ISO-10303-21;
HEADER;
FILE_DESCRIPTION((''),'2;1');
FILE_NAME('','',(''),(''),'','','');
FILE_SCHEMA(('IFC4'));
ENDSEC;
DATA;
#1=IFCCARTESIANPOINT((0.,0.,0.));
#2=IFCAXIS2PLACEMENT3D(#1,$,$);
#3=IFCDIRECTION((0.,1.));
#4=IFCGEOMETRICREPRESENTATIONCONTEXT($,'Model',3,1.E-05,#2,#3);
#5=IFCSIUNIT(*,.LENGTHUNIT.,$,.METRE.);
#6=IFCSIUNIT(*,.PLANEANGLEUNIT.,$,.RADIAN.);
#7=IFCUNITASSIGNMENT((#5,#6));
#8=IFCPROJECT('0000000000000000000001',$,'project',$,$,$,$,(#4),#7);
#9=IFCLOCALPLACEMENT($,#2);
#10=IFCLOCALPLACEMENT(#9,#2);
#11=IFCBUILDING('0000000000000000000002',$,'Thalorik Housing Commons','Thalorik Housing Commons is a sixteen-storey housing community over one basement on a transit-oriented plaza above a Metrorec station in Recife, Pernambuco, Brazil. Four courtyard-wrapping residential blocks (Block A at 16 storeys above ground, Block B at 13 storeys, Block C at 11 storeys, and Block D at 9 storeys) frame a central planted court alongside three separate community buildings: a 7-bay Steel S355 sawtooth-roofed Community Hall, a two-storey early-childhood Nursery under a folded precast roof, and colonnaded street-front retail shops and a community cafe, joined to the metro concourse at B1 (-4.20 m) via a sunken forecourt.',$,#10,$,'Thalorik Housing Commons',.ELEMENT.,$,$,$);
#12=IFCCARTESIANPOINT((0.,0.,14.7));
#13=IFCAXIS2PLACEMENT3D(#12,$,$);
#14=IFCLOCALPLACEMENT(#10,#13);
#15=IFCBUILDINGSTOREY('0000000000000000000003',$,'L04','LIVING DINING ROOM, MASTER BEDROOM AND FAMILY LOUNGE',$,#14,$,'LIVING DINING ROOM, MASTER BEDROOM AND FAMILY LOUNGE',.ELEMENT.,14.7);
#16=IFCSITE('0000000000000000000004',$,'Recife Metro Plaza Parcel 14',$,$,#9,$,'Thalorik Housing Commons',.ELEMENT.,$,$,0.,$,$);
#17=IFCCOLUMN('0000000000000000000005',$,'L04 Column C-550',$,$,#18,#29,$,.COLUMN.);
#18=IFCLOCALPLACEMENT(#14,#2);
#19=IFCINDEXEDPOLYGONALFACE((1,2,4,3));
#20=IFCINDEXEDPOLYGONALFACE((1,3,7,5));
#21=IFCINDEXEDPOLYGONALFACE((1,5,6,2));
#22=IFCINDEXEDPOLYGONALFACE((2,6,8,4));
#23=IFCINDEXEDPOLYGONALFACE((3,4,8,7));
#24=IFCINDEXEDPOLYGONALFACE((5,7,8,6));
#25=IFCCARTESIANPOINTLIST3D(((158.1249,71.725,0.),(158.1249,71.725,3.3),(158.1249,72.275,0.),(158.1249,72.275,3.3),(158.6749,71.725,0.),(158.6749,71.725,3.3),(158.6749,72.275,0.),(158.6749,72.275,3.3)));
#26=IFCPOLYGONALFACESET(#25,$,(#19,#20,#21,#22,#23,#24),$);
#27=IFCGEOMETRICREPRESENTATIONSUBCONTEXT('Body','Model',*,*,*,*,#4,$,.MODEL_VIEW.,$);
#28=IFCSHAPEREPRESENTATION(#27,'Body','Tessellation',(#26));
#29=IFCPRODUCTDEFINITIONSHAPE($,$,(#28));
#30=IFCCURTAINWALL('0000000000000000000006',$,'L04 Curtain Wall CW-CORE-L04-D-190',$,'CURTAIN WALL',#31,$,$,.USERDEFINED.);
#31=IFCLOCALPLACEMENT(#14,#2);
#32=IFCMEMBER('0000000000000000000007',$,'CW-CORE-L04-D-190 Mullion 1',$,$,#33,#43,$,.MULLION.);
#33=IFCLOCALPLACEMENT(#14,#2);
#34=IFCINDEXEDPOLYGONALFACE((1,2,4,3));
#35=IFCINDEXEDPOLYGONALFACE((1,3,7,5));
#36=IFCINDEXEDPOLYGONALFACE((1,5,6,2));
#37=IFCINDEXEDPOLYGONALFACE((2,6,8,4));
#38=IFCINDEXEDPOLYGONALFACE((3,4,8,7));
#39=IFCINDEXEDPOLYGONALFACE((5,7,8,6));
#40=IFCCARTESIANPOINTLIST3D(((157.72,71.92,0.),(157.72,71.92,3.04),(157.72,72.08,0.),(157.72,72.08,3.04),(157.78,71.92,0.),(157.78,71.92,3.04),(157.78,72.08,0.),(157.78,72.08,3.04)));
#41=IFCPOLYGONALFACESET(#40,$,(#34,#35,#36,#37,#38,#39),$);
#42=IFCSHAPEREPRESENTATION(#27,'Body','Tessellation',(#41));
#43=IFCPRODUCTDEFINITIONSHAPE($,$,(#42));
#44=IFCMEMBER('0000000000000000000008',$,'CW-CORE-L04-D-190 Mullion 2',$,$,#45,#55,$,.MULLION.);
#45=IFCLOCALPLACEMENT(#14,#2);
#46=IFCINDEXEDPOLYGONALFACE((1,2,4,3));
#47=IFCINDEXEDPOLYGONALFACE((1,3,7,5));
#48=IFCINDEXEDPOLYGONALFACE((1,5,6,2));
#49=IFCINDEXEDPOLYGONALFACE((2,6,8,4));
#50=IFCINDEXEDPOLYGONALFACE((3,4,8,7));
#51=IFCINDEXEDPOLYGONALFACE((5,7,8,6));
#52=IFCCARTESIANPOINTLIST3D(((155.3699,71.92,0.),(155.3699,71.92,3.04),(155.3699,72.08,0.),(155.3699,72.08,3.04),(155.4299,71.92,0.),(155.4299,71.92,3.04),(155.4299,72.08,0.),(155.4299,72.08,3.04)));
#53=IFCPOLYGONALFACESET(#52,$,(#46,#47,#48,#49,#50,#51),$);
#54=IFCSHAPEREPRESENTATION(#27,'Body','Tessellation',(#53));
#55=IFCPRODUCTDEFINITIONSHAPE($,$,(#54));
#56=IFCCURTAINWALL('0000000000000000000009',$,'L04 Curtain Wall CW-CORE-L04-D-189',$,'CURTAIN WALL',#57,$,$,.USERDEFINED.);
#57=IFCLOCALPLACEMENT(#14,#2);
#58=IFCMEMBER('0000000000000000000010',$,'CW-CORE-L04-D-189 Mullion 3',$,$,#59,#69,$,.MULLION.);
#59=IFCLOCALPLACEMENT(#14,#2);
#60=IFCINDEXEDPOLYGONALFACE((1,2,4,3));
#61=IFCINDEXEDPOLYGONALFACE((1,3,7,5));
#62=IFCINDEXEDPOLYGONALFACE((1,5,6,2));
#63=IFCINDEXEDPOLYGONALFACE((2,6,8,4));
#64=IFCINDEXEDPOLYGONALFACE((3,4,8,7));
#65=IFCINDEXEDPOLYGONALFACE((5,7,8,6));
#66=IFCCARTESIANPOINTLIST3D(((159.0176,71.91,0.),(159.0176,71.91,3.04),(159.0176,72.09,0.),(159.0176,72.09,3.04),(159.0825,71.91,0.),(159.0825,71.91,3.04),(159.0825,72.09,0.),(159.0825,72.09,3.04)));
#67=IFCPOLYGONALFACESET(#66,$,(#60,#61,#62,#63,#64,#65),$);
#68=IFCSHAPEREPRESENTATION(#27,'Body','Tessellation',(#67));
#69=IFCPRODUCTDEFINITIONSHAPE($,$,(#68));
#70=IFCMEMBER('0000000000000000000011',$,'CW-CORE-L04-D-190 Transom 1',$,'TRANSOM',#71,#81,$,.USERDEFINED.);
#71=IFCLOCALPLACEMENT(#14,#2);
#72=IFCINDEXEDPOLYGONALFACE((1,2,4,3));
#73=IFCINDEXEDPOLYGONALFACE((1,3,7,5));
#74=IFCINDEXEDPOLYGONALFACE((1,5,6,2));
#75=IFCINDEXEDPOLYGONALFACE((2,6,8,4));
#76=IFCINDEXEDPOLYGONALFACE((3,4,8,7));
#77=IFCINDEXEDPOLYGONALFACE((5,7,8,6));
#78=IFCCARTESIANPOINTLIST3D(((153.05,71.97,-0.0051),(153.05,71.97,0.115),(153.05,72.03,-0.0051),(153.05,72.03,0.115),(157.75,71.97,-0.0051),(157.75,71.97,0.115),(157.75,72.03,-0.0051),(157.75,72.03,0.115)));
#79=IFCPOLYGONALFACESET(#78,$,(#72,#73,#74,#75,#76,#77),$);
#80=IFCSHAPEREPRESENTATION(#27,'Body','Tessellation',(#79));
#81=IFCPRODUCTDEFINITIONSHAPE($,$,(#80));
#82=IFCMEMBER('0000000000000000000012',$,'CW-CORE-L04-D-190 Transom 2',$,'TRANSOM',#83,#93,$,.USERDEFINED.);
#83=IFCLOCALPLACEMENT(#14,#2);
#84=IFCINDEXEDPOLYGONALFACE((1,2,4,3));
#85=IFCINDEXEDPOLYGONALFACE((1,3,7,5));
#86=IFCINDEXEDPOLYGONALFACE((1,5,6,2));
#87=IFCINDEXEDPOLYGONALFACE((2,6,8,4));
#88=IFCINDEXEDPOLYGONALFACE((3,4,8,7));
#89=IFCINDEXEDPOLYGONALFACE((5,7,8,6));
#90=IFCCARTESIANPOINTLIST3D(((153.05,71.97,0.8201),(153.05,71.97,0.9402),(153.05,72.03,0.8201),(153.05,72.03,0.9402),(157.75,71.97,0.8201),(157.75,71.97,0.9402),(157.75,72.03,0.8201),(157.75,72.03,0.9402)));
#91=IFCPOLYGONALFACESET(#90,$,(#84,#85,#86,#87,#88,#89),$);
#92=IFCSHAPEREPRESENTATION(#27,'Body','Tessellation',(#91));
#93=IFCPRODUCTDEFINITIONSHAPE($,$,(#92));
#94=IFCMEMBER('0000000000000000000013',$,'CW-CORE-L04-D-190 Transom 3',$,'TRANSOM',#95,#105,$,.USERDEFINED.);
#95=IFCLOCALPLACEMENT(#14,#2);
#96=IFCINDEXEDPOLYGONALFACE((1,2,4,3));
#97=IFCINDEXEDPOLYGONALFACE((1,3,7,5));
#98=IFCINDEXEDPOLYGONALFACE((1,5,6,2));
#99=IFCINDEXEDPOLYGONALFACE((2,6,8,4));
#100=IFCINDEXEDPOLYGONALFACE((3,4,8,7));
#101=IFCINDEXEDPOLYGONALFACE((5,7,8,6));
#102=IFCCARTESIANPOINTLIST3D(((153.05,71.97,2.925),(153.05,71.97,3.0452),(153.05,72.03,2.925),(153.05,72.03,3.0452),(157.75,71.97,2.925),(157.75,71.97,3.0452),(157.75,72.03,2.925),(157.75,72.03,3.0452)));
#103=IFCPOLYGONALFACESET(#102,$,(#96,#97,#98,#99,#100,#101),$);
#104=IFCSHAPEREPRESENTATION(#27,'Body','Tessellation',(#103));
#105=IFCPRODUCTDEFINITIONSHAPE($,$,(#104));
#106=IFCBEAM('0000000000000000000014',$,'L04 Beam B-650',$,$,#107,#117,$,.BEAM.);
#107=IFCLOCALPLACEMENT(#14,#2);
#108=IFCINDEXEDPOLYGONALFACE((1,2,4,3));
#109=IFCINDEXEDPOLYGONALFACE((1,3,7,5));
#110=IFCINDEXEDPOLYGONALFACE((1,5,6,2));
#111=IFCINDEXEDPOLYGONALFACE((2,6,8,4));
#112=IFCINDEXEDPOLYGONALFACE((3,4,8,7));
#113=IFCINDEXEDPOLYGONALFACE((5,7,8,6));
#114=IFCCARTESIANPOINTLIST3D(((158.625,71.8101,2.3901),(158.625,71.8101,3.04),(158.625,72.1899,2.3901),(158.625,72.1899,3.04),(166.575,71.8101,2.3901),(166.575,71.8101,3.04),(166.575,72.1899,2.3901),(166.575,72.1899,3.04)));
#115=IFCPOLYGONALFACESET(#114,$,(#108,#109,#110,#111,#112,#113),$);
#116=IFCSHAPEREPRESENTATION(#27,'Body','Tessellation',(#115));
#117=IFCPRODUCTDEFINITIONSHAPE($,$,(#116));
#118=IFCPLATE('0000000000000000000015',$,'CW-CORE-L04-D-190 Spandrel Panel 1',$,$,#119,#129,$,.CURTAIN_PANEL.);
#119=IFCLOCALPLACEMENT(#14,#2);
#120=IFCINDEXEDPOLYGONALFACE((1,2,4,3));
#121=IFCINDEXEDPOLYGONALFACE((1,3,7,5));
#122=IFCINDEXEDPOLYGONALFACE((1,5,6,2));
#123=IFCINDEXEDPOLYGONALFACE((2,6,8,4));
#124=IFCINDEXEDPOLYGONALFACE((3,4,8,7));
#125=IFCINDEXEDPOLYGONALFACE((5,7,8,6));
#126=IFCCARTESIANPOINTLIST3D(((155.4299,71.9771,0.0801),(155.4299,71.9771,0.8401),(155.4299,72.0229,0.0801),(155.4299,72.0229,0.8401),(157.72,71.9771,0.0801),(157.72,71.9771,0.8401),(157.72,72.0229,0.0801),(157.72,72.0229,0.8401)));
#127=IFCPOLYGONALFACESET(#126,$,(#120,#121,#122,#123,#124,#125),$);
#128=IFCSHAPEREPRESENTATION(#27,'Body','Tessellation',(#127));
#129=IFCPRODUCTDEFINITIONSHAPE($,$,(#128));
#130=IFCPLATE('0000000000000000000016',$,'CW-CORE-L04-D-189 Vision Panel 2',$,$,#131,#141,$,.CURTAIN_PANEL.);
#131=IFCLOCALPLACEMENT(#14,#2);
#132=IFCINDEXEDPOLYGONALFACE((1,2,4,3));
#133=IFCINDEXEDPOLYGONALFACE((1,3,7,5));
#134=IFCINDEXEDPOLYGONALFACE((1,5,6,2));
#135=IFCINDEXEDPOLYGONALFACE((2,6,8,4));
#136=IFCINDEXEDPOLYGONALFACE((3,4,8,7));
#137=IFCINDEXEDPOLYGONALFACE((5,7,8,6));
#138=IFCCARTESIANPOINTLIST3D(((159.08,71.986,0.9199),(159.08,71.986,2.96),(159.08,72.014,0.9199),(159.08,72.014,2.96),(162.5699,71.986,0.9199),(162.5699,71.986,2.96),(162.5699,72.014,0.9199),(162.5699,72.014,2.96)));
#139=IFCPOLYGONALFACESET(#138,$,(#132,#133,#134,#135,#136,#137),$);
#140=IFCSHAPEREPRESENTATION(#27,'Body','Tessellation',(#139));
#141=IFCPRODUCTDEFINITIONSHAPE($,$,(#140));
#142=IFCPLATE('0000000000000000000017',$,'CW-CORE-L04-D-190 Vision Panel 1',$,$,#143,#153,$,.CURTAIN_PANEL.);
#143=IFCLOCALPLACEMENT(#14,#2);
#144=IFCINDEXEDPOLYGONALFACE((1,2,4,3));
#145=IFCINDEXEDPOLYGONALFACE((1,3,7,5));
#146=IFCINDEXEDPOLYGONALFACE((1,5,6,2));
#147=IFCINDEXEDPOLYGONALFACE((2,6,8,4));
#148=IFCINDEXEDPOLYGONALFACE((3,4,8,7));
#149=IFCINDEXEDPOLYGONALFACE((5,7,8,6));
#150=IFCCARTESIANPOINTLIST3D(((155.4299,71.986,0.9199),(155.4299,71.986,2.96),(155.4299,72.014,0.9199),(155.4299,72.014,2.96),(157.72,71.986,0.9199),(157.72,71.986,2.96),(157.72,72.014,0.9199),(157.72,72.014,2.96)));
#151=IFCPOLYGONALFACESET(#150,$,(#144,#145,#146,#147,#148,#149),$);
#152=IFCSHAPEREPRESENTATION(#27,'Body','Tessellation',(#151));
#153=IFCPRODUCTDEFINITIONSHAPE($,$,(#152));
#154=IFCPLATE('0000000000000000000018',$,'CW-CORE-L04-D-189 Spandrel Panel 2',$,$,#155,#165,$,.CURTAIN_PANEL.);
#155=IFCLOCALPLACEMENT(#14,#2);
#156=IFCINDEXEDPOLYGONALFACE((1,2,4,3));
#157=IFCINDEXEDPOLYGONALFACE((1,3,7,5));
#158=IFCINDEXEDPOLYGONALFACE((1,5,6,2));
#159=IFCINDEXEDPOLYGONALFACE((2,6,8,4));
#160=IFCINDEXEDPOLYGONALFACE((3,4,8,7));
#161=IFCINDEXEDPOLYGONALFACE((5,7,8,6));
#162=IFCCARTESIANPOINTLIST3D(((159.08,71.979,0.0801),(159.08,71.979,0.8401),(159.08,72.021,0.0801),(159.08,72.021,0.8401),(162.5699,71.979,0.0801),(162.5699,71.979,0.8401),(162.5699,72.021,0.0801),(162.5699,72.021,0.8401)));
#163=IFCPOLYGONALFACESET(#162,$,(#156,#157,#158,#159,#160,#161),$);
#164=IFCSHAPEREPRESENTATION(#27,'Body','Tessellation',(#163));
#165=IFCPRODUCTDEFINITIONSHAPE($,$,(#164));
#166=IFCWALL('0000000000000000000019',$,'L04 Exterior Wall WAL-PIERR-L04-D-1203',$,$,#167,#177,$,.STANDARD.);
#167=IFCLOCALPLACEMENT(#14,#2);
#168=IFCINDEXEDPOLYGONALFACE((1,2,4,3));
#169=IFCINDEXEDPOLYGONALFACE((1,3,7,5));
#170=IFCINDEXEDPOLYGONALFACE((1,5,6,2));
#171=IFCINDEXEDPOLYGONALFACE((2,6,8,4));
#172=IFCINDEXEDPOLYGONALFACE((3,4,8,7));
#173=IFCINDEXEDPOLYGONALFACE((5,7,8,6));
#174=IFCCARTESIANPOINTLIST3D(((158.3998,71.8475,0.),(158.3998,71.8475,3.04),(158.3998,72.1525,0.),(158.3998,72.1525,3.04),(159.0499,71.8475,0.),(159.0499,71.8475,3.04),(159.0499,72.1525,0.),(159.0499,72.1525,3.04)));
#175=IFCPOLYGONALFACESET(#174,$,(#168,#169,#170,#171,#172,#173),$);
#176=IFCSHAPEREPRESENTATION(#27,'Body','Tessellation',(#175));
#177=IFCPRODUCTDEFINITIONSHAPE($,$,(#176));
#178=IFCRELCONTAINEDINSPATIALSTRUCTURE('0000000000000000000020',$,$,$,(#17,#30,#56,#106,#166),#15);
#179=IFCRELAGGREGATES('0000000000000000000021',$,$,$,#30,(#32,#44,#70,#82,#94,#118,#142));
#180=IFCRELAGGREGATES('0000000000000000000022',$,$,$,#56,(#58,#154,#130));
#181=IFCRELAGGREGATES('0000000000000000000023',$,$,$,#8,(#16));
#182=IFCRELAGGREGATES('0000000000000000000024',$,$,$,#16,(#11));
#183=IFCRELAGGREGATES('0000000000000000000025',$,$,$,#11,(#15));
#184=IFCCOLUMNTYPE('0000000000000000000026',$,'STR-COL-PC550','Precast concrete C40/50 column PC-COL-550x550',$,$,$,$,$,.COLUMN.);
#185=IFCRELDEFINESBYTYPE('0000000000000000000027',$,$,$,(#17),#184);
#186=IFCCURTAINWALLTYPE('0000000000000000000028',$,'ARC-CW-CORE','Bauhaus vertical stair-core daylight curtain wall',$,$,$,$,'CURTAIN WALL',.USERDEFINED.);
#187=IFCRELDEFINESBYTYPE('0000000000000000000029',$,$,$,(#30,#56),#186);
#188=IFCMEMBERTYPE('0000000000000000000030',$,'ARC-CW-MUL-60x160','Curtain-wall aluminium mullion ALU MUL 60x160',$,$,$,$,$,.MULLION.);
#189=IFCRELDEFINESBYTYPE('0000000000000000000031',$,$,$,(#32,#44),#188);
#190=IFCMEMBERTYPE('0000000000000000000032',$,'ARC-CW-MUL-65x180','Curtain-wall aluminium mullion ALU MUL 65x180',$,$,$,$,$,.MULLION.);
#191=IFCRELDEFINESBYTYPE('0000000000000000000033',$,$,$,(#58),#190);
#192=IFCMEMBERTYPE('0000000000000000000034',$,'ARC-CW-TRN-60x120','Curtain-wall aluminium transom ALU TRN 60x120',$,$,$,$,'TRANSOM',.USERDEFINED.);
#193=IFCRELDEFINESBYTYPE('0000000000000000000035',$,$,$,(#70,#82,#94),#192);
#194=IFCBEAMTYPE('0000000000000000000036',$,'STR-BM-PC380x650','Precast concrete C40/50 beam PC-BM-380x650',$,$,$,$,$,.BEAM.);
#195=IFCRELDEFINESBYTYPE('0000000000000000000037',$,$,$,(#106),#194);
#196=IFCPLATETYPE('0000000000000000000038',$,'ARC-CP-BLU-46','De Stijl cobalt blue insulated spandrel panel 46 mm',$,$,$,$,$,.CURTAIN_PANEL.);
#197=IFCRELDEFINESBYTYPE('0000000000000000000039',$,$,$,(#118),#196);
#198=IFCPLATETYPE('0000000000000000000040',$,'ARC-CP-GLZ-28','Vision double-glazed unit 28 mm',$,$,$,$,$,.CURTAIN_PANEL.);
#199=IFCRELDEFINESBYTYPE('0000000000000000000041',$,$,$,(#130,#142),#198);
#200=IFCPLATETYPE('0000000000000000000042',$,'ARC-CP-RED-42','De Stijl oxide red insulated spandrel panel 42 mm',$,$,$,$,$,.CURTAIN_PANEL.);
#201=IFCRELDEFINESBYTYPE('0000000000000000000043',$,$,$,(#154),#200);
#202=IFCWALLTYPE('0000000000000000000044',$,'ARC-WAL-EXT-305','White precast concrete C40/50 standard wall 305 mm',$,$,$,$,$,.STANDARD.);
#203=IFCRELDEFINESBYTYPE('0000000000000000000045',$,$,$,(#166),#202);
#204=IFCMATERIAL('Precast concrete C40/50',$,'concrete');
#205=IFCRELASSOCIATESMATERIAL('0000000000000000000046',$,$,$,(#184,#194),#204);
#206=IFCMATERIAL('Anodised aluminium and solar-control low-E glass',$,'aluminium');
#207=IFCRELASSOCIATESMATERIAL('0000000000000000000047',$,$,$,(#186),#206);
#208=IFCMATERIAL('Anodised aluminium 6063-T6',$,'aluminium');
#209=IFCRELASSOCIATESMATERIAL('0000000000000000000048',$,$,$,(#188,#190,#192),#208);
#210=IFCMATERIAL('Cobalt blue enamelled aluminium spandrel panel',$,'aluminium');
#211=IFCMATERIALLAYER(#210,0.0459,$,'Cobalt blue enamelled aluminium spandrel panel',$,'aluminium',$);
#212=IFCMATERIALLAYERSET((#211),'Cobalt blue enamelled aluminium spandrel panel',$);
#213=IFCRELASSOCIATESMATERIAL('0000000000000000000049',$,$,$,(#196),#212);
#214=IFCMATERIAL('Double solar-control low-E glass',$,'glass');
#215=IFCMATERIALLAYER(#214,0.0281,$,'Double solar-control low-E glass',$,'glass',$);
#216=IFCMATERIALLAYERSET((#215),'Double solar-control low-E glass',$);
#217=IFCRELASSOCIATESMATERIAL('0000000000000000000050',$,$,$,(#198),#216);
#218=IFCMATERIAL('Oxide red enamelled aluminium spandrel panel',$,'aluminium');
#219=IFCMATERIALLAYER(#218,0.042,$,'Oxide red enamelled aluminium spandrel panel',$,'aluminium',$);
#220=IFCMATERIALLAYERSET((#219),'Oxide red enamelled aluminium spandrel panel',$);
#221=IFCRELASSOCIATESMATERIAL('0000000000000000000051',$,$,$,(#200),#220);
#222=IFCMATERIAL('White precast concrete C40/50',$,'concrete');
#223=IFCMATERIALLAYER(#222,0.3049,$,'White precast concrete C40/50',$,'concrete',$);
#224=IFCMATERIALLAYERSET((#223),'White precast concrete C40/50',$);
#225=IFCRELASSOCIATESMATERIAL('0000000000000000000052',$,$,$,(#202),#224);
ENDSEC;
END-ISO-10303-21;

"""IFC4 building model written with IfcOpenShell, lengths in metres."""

from ifc_helpers import new_model, si_unit, direction, frame, frame_2d, origin, origin_2d, place, context, subcontext, project, spatial, rectangle, extrude, material, layer, layer_set, material_profile, profile_set, type_object, element, aggregate, save


model = new_model("IFC4")

# Units and contexts
model_context = context("Model", 3, precision=1e-05, world=origin(), true_north=direction((0.0, 1.0)))
body_context = subcontext(model_context, "Body", "Model", "MODEL_VIEW")
ifc_project = project(units=[si_unit("LENGTHUNIT", "METRE"), si_unit("PLANEANGLEUNIT", "RADIAN")], contexts=[model_context])

# Site, building, storey
site_placement = place(None, origin())
site = spatial("IfcSite", under=ifc_project, at=site_placement, Name="Recife Metro Plaza Parcel 14", LongName="Thalorik Housing Commons", CompositionType="ELEMENT", RefElevation=0.0)
building_placement = place(site_placement, origin())
building = spatial("IfcBuilding", under=site, at=building_placement, Name="Thalorik Housing Commons", Description="Thalorik Housing Commons is a sixteen-storey housing community over one basement on a transit-oriented plaza above a Metrorec station in Recife, Pernambuco, Brazil. Four courtyard-wrapping residential blocks (Block A at 16 storeys above ground, Block B at 13 storeys, Block C at 11 storeys, and Block D at 9 storeys) frame a central planted court alongside three separate community buildings: a 7-bay Steel S355 sawtooth-roofed Community Hall, a two-storey early-childhood Nursery under a folded precast roof, and colonnaded street-front retail shops and a community cafe, joined to the metro concourse at B1 (-4.20 m) via a sunken forecourt.", LongName="Thalorik Housing Commons", CompositionType="ELEMENT")
storey_placement = place(building_placement, frame((0.0, 0.0, 14.7)))
storey = spatial("IfcBuildingStorey", under=building, at=storey_placement, Name="L04", Description="LIVING DINING ROOM, MASTER BEDROOM AND FAMILY LOUNGE", LongName="LIVING DINING ROOM, MASTER BEDROOM AND FAMILY LOUNGE", CompositionType="ELEMENT", Elevation=14.7)

# Column
ifc_material_1 = material(Name="Precast concrete C40/50", Category="concrete")
ifc_material_profile_1 = material_profile(ifc_material_1, rectangle(XDim=0.55, YDim=0.55, at=origin_2d()), Name="PC 550x550", Category="concrete")
ifc_profile_set_1 = profile_set([ifc_material_profile_1], Name="Precast concrete C40/50")
column_type = type_object("IfcColumnType", Name="STR-COL-PC550", Description="Precast concrete C40/50 column PC-COL-550x550", PredefinedType="COLUMN", material=ifc_profile_set_1)
column_placement = place(storey_placement, frame((158.3999, 72.0, 0.0), z_axis=(0.0, 0.0, 1.0), x_axis=(1.0, 0.0, 0.0)))
element("IfcColumn", 1, at=column_placement, inside=storey, type_object=column_type, Name="L04 Column C-550", PredefinedType="COLUMN", context=body_context, shape_type="SweptSolid", body=[
    extrude(rectangle(XDim=0.55, YDim=0.55, at=origin_2d()), origin(), (0.0, 0.0, 1.0), 3.3),
])

# Curtain wall, members
ifc_material_2 = material(Name="Anodised aluminium and solar-control low-E glass", Category="aluminium")
curtain_wall_type = type_object("IfcCurtainWallType", Name="ARC-CW-CORE", Description="Bauhaus vertical stair-core daylight curtain wall", ElementType="CURTAIN WALL", PredefinedType="USERDEFINED", material=ifc_material_2)
curtain_wall_1_placement = place(storey_placement, origin())
curtain_wall_1 = element("IfcCurtainWall", 2, at=curtain_wall_1_placement, inside=storey, type_object=curtain_wall_type, Name="L04 Curtain Wall CW-CORE-L04-D-190", ObjectType="CURTAIN WALL", PredefinedType="USERDEFINED")
ifc_material_3 = material(Name="Anodised aluminium 6063-T6", Category="aluminium")
ifc_material_profile_2 = material_profile(ifc_material_3, rectangle(XDim=0.0601, YDim=0.1599, at=origin_2d()), Name="ALU MUL 60x160", Category="aluminium")
ifc_profile_set_2 = profile_set([ifc_material_profile_2], Name="Anodised aluminium 6063-T6")
member_type_1 = type_object("IfcMemberType", Name="ARC-CW-MUL-60x160", Description="Curtain-wall aluminium mullion ALU MUL 60x160", PredefinedType="MULLION", material=ifc_profile_set_2)
member_1_placement = place(storey_placement, frame((157.75, 72.0, 0.0), z_axis=(0.0, 0.0, 1.0), x_axis=(-1.0, 0.0, 0.0)))
member_1 = element("IfcMember", 3, at=member_1_placement, type_object=member_type_1, Name="CW-CORE-L04-D-190 Mullion 1", PredefinedType="MULLION", context=body_context, shape_type="SweptSolid", body=[
    extrude(rectangle(XDim=0.0601, YDim=0.1599, at=origin_2d()), origin(), (0.0, 0.0, 1.0), 3.04),
])
member_2_placement = place(storey_placement, frame((155.3999, 72.0, 0.0), z_axis=(0.0, 0.0, 1.0), x_axis=(-1.0, 0.0, 0.0)))
member_2 = element("IfcMember", 4, at=member_2_placement, type_object=member_type_1, Name="CW-CORE-L04-D-190 Mullion 2", PredefinedType="MULLION", context=body_context, shape_type="SweptSolid", body=[
    extrude(rectangle(XDim=0.0601, YDim=0.1599, at=origin_2d()), origin(), (0.0, 0.0, 1.0), 3.04),
])

# Curtain wall, member
curtain_wall_2_placement = place(storey_placement, origin())
curtain_wall_2 = element("IfcCurtainWall", 5, at=curtain_wall_2_placement, inside=storey, type_object=curtain_wall_type, Name="L04 Curtain Wall CW-CORE-L04-D-189", ObjectType="CURTAIN WALL", PredefinedType="USERDEFINED")
ifc_material_profile_3 = material_profile(ifc_material_3, rectangle(XDim=0.0649, YDim=0.1799, at=origin_2d()), Name="ALU MUL 65x180", Category="aluminium")
ifc_profile_set_3 = profile_set([ifc_material_profile_3], Name="Anodised aluminium 6063-T6")
member_type_2 = type_object("IfcMemberType", Name="ARC-CW-MUL-65x180", Description="Curtain-wall aluminium mullion ALU MUL 65x180", PredefinedType="MULLION", material=ifc_profile_set_3)
member_3_placement = place(storey_placement, frame((159.05, 72.0, 0.0), z_axis=(0.0, 0.0, 1.0), x_axis=(-1.0, 0.0, 0.0)))
member_3 = element("IfcMember", 6, at=member_3_placement, type_object=member_type_2, Name="CW-CORE-L04-D-189 Mullion 3", PredefinedType="MULLION", context=body_context, shape_type="SweptSolid", body=[
    extrude(rectangle(XDim=0.0649, YDim=0.1799, at=origin_2d()), origin(), (0.0, 0.0, 1.0), 3.04),
])

# Members
ifc_material_profile_4 = material_profile(ifc_material_3, rectangle(XDim=0.0601, YDim=0.1201, at=origin_2d()), Name="ALU TRN 60x120", Category="aluminium")
ifc_profile_set_4 = profile_set([ifc_material_profile_4], Name="Anodised aluminium 6063-T6")
member_type_3 = type_object("IfcMemberType", Name="ARC-CW-TRN-60x120", Description="Curtain-wall aluminium transom ALU TRN 60x120", ElementType="TRANSOM", PredefinedType="USERDEFINED", material=ifc_profile_set_4)
member_4_placement = place(storey_placement, frame((157.75, 72.0, 0.0549), z_axis=(-1.0, 0.0, 0.0), x_axis=(0.0, -1.0, 0.0)))
member_4 = element("IfcMember", 7, at=member_4_placement, type_object=member_type_3, Name="CW-CORE-L04-D-190 Transom 1", ObjectType="TRANSOM", PredefinedType="USERDEFINED", context=body_context, shape_type="SweptSolid", body=[
    extrude(rectangle(XDim=0.0601, YDim=0.1201, at=origin_2d()), origin(), (0.0, 0.0, 1.0), 4.7),
])
member_5_placement = place(storey_placement, frame((157.75, 72.0, 0.8801), z_axis=(-1.0, 0.0, 0.0), x_axis=(0.0, -1.0, 0.0)))
member_5 = element("IfcMember", 8, at=member_5_placement, type_object=member_type_3, Name="CW-CORE-L04-D-190 Transom 2", ObjectType="TRANSOM", PredefinedType="USERDEFINED", context=body_context, shape_type="SweptSolid", body=[
    extrude(rectangle(XDim=0.0601, YDim=0.1201, at=origin_2d()), origin(), (0.0, 0.0, 1.0), 4.7),
])
member_6_placement = place(storey_placement, frame((157.75, 72.0, 2.9851), z_axis=(-1.0, 0.0, 0.0), x_axis=(0.0, -1.0, 0.0)))
member_6 = element("IfcMember", 9, at=member_6_placement, type_object=member_type_3, Name="CW-CORE-L04-D-190 Transom 3", ObjectType="TRANSOM", PredefinedType="USERDEFINED", context=body_context, shape_type="SweptSolid", body=[
    extrude(rectangle(XDim=0.0601, YDim=0.1201, at=origin_2d()), origin(), (0.0, 0.0, 1.0), 4.7),
])

# Beam
ifc_material_profile_5 = material_profile(ifc_material_1, rectangle(XDim=0.3799, YDim=0.6499, at=origin_2d()), Name="PC 380x650", Category="concrete")
ifc_profile_set_5 = profile_set([ifc_material_profile_5], Name="Precast concrete C40/50")
beam_type = type_object("IfcBeamType", Name="STR-BM-PC380x650", Description="Precast concrete C40/50 beam PC-BM-380x650", PredefinedType="BEAM", material=ifc_profile_set_5)
beam_placement = place(storey_placement, frame((158.625, 72.0, 2.7151), z_axis=(1.0, 0.0, 0.0), x_axis=(0.0, 1.0, 0.0)))
element("IfcBeam", 10, at=beam_placement, inside=storey, type_object=beam_type, Name="L04 Beam B-650", PredefinedType="BEAM", context=body_context, shape_type="SweptSolid", body=[
    extrude(rectangle(XDim=0.3799, YDim=0.6499, at=origin_2d()), origin(), (0.0, 0.0, 1.0), 7.95),
])

# Plates
ifc_material_4 = material(Name="Cobalt blue enamelled aluminium spandrel panel", Category="aluminium")
ifc_layer_1 = layer(ifc_material_4, 0.0459, Name="Cobalt blue enamelled aluminium spandrel panel", Category="aluminium")
ifc_layer_set_1 = layer_set([ifc_layer_1], Name="Cobalt blue enamelled aluminium spandrel panel")
plate_type_1 = type_object("IfcPlateType", Name="ARC-CP-BLU-46", Description="De Stijl cobalt blue insulated spandrel panel 46 mm", PredefinedType="CURTAIN_PANEL", material=ifc_layer_set_1)
plate_1_placement = place(storey_placement, frame((156.575, 72.0, 0.0801), z_axis=(0.0, 0.0, 1.0), x_axis=(-1.0, 0.0, 0.0)))
plate_1 = element("IfcPlate", 11, at=plate_1_placement, type_object=plate_type_1, Name="CW-CORE-L04-D-190 Spandrel Panel 1", PredefinedType="CURTAIN_PANEL", context=body_context, shape_type="SweptSolid", body=[
    extrude(rectangle(XDim=2.29, YDim=0.0459, at=origin_2d()), origin(), (0.0, 0.0, 1.0), 0.76),
])
ifc_material_5 = material(Name="Double solar-control low-E glass", Category="glass")
ifc_layer_2 = layer(ifc_material_5, 0.0281, Name="Double solar-control low-E glass", Category="glass")
ifc_layer_set_2 = layer_set([ifc_layer_2], Name="Double solar-control low-E glass")
plate_type_2 = type_object("IfcPlateType", Name="ARC-CP-GLZ-28", Description="Vision double-glazed unit 28 mm", PredefinedType="CURTAIN_PANEL", material=ifc_layer_set_2)
plate_2_placement = place(storey_placement, frame((160.825, 72.0, 0.9199), z_axis=(0.0, 0.0, 1.0), x_axis=(-1.0, 0.0, 0.0)))
plate_2 = element("IfcPlate", 12, at=plate_2_placement, type_object=plate_type_2, Name="CW-CORE-L04-D-189 Vision Panel 2", PredefinedType="CURTAIN_PANEL", context=body_context, shape_type="SweptSolid", body=[
    extrude(rectangle(XDim=3.49, YDim=0.0281, at=origin_2d()), origin(), (0.0, 0.0, 1.0), 2.04),
])
plate_3_placement = place(storey_placement, frame((156.575, 72.0, 0.9199), z_axis=(0.0, 0.0, 1.0), x_axis=(-1.0, 0.0, 0.0)))
plate_3 = element("IfcPlate", 13, at=plate_3_placement, type_object=plate_type_2, Name="CW-CORE-L04-D-190 Vision Panel 1", PredefinedType="CURTAIN_PANEL", context=body_context, shape_type="SweptSolid", body=[
    extrude(rectangle(XDim=2.29, YDim=0.0281, at=origin_2d()), origin(), (0.0, 0.0, 1.0), 2.04),
])
aggregate(curtain_wall_1, [member_1, member_2, member_4, member_5, member_6, plate_1, plate_3])
ifc_material_6 = material(Name="Oxide red enamelled aluminium spandrel panel", Category="aluminium")
ifc_layer_3 = layer(ifc_material_6, 0.042, Name="Oxide red enamelled aluminium spandrel panel", Category="aluminium")
ifc_layer_set_3 = layer_set([ifc_layer_3], Name="Oxide red enamelled aluminium spandrel panel")
plate_type_3 = type_object("IfcPlateType", Name="ARC-CP-RED-42", Description="De Stijl oxide red insulated spandrel panel 42 mm", PredefinedType="CURTAIN_PANEL", material=ifc_layer_set_3)
plate_4_placement = place(storey_placement, frame((160.825, 72.0, 0.0801), z_axis=(0.0, 0.0, 1.0), x_axis=(-1.0, 0.0, 0.0)))
plate_4 = element("IfcPlate", 14, at=plate_4_placement, type_object=plate_type_3, Name="CW-CORE-L04-D-189 Spandrel Panel 2", PredefinedType="CURTAIN_PANEL", context=body_context, shape_type="SweptSolid", body=[
    extrude(rectangle(XDim=3.49, YDim=0.042, at=origin_2d()), origin(), (0.0, 0.0, 1.0), 0.76),
])
aggregate(curtain_wall_2, [member_3, plate_4, plate_2])

# Wall
ifc_material_7 = material(Name="White precast concrete C40/50", Category="concrete")
ifc_layer_4 = layer(ifc_material_7, 0.3049, Name="White precast concrete C40/50", Category="concrete")
ifc_layer_set_4 = layer_set([ifc_layer_4], Name="White precast concrete C40/50")
wall_type = type_object("IfcWallType", Name="ARC-WAL-EXT-305", Description="White precast concrete C40/50 standard wall 305 mm", PredefinedType="STANDARD", material=ifc_layer_set_4)
wall_1_placement = place(storey_placement, frame((159.05, 72.0, 0.0), z_axis=(0.0, 0.0, 1.0), x_axis=(-1.0, 0.0, 0.0)))
element("IfcWall", 15, at=wall_1_placement, inside=storey, type_object=wall_type, Name="L04 Exterior Wall WAL-PIERR-L04-D-1203", PredefinedType="STANDARD", context=body_context, shape_type="SweptSolid", body=[
    extrude(rectangle(XDim=0.6501, YDim=0.3049, at=frame_2d((0.3252, 0.0))), origin(), (0.0, 0.0, 1.0), 3.04),
])

save(model, "model.ifc")
